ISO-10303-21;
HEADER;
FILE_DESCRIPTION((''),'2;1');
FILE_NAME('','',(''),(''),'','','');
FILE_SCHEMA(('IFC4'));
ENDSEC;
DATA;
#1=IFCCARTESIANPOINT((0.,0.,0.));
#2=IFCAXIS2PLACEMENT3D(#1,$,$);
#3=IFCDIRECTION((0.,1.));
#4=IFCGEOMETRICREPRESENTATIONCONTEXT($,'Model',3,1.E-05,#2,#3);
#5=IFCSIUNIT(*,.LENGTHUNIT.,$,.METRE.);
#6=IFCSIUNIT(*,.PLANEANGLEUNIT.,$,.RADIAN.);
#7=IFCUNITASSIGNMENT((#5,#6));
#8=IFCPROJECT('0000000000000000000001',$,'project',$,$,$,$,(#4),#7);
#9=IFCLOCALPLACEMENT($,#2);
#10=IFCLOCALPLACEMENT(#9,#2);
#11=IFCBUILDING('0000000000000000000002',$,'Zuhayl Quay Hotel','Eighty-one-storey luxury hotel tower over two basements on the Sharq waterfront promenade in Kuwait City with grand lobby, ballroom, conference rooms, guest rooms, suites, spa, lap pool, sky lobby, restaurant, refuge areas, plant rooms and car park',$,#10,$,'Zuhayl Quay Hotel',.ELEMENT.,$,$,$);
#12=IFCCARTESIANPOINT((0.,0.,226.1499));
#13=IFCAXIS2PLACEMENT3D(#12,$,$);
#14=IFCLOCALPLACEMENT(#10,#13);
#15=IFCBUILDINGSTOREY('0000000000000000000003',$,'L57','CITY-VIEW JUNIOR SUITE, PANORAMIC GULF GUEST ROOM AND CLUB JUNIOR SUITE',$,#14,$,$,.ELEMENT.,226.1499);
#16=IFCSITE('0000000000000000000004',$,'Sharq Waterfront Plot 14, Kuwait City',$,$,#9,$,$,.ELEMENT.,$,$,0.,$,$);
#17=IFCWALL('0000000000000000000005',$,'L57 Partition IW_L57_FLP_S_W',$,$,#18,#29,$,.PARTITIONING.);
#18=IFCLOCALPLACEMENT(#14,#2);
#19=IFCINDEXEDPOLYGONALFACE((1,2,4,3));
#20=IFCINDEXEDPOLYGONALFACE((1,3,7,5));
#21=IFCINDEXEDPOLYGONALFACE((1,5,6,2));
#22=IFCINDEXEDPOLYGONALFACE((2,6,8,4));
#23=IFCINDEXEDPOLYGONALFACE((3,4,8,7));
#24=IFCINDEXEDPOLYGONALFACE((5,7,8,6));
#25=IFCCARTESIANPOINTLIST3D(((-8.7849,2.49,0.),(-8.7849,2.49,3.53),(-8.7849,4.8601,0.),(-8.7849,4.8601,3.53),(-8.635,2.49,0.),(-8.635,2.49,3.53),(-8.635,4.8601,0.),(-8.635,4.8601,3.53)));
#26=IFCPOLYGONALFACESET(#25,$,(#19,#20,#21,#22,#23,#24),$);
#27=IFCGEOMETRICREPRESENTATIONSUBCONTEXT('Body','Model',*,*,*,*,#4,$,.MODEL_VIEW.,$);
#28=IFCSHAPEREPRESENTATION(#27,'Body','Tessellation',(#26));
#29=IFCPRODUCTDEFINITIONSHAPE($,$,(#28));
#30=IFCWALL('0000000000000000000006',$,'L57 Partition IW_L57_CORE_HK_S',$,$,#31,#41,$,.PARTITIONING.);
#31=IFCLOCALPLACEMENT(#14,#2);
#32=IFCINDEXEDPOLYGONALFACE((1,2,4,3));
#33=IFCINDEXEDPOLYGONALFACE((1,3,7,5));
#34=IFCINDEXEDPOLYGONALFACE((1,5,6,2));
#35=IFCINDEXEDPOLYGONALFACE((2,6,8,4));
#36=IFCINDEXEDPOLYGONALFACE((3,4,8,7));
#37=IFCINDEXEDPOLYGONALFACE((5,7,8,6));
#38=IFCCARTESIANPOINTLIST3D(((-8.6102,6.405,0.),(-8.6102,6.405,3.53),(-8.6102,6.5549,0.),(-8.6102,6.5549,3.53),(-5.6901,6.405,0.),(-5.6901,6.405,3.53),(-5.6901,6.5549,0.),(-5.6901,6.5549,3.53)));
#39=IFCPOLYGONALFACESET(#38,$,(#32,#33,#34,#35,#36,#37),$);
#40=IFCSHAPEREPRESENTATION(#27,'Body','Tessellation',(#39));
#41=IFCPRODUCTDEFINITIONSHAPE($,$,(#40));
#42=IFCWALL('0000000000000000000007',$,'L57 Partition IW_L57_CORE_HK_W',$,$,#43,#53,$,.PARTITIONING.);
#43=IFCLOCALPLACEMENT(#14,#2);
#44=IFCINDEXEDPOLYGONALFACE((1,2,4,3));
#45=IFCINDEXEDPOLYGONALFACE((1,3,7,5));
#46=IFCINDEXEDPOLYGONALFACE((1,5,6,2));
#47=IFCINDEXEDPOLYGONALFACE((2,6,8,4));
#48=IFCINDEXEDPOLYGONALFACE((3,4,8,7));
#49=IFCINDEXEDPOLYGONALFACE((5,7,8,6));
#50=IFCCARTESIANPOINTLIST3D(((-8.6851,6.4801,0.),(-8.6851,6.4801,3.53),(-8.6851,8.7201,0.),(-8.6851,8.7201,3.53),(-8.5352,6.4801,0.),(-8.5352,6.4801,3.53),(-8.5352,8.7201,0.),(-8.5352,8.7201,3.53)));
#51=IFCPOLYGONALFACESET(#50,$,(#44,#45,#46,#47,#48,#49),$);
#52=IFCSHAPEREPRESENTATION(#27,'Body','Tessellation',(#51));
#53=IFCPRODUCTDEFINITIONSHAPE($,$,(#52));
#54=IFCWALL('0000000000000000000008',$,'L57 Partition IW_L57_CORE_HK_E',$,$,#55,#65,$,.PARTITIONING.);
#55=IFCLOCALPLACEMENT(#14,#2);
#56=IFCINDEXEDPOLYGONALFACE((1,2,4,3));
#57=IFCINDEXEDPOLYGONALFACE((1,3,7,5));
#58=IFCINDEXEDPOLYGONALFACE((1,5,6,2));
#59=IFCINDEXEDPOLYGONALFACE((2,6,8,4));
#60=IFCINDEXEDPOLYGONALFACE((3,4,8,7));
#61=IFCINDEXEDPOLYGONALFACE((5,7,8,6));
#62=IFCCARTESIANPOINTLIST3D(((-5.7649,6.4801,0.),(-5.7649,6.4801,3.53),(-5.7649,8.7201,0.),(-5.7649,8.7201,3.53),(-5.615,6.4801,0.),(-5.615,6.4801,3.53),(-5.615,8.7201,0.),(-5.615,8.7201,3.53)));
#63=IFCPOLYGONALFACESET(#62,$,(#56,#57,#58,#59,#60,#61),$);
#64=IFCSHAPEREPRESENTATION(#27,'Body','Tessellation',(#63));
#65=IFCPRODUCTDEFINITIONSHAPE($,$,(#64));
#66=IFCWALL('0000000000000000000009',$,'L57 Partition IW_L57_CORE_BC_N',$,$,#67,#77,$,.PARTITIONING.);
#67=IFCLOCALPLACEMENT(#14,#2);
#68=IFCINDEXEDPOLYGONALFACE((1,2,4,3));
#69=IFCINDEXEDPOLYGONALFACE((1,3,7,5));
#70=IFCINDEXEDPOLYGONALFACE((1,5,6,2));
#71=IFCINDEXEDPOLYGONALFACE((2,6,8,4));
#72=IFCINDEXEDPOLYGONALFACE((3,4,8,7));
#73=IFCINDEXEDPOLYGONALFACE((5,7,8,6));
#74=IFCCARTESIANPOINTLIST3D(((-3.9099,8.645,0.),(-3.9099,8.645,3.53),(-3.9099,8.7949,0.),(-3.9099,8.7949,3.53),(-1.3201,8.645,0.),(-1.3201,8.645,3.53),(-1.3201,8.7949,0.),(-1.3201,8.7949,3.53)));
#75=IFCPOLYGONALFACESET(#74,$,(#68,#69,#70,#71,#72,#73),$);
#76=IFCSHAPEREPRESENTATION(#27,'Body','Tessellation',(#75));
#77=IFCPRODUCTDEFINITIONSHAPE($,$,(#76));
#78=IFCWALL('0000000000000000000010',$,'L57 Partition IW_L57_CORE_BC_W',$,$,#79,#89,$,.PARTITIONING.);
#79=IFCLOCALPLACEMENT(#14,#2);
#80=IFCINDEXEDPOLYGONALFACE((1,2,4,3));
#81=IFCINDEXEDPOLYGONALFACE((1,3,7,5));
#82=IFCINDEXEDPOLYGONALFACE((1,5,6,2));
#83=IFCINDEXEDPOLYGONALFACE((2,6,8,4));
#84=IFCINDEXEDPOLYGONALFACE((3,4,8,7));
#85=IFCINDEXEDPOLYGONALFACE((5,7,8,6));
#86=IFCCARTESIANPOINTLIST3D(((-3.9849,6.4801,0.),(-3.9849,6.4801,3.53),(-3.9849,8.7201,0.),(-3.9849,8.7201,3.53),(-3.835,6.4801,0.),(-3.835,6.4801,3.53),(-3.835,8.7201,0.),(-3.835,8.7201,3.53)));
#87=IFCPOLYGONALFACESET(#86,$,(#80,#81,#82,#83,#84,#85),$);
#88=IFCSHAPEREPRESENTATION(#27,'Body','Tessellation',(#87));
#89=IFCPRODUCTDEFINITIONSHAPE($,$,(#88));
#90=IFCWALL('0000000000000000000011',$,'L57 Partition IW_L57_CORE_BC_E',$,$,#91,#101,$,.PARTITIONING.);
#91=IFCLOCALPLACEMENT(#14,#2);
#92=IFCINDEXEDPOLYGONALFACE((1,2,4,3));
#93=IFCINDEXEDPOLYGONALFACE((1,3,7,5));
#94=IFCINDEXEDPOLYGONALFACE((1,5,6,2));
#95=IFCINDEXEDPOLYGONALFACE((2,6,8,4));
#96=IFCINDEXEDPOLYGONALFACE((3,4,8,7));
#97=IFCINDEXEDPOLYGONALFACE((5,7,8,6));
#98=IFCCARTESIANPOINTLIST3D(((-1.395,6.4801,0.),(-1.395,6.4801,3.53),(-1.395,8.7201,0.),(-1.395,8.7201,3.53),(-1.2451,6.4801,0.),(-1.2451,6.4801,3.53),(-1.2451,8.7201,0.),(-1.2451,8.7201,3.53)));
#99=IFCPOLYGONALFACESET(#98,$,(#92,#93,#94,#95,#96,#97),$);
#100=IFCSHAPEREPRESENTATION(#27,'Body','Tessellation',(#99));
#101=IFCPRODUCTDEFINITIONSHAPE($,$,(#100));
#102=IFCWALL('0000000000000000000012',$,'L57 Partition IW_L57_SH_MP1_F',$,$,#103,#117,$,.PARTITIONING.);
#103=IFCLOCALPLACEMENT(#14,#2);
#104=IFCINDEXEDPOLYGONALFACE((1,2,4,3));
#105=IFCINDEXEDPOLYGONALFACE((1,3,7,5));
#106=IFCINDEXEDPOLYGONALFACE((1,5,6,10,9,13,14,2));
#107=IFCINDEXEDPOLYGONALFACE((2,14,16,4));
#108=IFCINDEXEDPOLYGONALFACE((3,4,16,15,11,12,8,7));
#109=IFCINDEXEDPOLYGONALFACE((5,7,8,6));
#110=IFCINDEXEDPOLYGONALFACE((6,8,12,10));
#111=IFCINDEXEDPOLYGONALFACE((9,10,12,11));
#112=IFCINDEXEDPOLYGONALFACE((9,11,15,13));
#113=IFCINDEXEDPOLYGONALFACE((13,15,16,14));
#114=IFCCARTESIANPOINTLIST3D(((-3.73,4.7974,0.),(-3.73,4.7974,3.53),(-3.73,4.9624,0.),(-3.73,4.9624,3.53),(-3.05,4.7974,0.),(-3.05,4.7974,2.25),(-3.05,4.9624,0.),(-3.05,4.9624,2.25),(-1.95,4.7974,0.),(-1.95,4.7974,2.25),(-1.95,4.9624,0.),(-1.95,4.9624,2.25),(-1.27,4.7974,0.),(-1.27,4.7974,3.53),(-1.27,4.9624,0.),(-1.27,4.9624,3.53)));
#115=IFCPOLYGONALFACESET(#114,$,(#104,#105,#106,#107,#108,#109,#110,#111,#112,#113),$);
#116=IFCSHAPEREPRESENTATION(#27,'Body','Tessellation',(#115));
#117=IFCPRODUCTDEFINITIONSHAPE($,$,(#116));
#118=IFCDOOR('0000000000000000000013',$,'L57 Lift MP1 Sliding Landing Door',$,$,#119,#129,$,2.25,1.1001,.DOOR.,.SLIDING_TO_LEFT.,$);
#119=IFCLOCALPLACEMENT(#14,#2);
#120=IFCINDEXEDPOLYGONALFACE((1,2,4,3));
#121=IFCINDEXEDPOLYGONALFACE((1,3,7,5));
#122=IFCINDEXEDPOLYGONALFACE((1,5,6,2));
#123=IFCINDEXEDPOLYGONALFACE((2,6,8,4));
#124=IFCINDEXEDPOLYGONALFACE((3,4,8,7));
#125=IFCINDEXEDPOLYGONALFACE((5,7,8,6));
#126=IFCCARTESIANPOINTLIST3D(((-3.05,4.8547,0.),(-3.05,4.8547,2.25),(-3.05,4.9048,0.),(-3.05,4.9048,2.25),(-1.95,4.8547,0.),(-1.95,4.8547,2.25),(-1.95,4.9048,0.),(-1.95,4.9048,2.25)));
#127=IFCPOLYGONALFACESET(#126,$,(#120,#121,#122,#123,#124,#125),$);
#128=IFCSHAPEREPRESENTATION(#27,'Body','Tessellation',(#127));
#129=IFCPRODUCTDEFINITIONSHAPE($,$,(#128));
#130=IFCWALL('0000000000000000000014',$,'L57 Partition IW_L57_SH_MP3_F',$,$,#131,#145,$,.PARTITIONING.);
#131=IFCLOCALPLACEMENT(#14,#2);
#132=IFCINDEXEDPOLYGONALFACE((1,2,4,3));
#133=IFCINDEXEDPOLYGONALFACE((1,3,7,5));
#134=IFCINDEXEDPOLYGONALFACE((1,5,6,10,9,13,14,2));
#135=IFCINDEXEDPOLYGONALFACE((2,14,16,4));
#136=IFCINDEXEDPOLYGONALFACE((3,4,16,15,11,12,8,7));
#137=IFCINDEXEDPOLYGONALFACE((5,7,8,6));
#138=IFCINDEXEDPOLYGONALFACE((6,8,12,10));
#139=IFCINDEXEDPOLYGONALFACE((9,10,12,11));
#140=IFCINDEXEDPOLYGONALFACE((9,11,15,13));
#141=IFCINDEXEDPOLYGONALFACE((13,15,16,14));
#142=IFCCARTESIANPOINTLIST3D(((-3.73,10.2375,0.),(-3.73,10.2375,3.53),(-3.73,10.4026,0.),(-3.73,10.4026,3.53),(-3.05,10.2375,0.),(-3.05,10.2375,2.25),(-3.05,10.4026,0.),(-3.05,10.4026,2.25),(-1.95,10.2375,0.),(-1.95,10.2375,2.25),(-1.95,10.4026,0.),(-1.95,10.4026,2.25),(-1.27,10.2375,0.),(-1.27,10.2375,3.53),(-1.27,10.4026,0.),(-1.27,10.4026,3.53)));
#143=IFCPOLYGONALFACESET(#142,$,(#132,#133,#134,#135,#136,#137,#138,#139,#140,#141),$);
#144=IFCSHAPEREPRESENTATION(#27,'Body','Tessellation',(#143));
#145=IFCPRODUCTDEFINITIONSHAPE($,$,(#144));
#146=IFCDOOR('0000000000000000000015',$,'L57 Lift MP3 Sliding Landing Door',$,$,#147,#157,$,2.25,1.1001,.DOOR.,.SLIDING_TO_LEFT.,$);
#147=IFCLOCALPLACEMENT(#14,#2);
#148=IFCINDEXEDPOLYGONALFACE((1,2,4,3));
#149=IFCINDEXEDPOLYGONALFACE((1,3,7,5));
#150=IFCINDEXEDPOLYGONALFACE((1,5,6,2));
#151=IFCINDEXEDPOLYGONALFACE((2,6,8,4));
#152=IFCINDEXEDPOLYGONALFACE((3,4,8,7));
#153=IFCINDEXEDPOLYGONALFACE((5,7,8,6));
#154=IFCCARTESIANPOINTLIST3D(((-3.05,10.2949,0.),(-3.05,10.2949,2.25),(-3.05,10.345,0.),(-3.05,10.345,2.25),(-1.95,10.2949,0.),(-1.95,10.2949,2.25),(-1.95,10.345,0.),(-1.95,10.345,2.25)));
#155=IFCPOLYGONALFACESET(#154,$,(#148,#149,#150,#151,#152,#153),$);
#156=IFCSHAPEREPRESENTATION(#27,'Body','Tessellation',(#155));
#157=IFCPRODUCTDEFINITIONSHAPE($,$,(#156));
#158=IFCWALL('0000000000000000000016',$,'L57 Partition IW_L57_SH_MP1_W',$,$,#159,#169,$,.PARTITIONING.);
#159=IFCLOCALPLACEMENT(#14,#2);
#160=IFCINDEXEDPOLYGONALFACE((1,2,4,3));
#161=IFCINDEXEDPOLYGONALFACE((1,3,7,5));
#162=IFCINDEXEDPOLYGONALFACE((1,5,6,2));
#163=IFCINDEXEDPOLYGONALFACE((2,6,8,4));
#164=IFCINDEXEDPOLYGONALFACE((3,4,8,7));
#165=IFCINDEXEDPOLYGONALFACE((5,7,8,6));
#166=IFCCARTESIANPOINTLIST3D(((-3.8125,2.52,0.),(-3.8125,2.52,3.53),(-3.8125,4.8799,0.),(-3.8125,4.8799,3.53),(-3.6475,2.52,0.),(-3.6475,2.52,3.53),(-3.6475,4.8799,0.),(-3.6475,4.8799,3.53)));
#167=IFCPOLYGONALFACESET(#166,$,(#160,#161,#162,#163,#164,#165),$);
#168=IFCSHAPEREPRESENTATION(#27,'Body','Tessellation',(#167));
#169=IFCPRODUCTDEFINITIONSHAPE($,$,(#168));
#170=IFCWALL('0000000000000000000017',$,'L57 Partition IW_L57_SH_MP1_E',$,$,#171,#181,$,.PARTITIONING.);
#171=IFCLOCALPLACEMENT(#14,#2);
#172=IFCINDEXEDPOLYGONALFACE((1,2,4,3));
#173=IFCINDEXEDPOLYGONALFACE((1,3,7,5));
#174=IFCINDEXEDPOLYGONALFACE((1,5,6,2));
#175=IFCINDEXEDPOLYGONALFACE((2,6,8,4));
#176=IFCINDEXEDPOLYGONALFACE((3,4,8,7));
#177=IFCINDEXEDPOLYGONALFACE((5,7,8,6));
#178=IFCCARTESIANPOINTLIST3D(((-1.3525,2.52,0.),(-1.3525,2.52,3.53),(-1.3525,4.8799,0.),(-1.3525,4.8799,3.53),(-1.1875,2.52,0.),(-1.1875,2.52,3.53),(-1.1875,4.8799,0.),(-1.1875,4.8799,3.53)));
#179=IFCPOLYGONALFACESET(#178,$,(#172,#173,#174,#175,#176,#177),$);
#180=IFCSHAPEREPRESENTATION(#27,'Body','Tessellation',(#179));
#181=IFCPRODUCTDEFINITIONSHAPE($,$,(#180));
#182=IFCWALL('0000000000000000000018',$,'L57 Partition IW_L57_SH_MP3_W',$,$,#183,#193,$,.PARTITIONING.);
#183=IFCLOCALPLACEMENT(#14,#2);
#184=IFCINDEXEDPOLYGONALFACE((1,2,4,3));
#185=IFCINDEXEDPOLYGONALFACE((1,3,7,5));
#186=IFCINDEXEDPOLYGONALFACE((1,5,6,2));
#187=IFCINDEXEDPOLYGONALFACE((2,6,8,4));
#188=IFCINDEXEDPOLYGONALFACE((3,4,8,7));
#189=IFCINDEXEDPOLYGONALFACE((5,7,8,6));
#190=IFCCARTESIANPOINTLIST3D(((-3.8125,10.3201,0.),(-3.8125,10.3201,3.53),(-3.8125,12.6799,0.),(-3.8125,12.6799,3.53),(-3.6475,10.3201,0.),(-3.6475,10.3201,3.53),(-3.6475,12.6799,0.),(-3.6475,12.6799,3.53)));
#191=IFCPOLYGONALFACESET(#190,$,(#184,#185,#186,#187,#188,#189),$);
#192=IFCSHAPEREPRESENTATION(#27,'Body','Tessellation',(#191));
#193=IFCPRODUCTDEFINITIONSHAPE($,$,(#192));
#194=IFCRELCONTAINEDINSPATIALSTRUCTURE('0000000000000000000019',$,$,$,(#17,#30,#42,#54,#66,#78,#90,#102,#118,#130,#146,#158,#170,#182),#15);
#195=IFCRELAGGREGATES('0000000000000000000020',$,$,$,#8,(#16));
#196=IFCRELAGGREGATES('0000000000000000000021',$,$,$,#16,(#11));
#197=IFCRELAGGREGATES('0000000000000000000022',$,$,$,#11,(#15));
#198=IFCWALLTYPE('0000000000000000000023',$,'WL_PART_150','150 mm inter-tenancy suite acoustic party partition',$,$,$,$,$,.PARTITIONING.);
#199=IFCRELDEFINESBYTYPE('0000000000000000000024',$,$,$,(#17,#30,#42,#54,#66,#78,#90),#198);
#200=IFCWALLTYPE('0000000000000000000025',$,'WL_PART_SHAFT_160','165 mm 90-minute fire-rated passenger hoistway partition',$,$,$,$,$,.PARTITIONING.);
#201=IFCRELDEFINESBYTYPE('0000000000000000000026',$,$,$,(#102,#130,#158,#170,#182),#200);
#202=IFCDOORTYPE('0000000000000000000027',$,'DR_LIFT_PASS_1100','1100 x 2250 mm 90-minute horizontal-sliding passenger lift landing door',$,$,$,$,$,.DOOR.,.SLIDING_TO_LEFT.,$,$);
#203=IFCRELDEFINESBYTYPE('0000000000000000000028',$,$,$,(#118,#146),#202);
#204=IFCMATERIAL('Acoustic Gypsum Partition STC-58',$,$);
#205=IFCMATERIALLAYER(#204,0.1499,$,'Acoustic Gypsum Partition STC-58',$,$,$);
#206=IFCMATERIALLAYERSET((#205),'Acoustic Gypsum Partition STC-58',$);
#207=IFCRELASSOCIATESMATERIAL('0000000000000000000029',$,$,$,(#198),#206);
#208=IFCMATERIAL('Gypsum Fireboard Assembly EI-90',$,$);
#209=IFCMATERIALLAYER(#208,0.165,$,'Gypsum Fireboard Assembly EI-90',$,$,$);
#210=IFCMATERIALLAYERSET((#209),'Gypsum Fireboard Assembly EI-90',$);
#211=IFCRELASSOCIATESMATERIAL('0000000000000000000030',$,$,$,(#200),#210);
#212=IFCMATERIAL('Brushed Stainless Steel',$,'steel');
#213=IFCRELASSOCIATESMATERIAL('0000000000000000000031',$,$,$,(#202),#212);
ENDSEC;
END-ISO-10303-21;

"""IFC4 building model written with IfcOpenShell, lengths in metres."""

from ifc_helpers import new_model, si_unit, direction, frame, frame_2d, origin, place, context, subcontext, project, spatial, rectangle, extrude, material, layer, layer_set, type_object, element, fill, save


model = new_model("IFC4")

# Units and contexts
model_context = context("Model", 3, precision=1e-05, world=origin(), true_north=direction((0.0, 1.0)))
body_context = subcontext(model_context, "Body", "Model", "MODEL_VIEW")
ifc_project = project(units=[si_unit("LENGTHUNIT", "METRE"), si_unit("PLANEANGLEUNIT", "RADIAN")], contexts=[model_context])

# Site, building, storey
site_placement = place(None, origin())
site = spatial("IfcSite", under=ifc_project, at=site_placement, Name="Sharq Waterfront Plot 14, Kuwait City", CompositionType="ELEMENT", RefElevation=0.0)
building_placement = place(site_placement, origin())
building = spatial("IfcBuilding", under=site, at=building_placement, Name="Zuhayl Quay Hotel", Description="Eighty-one-storey luxury hotel tower over two basements on the Sharq waterfront promenade in Kuwait City with grand lobby, ballroom, conference rooms, guest rooms, suites, spa, lap pool, sky lobby, restaurant, refuge areas, plant rooms and car park", LongName="Zuhayl Quay Hotel", CompositionType="ELEMENT")
storey_placement = place(building_placement, frame((0.0, 0.0, 226.1499)))
storey = spatial("IfcBuildingStorey", under=building, at=storey_placement, Name="L57", Description="CITY-VIEW JUNIOR SUITE, PANORAMIC GULF GUEST ROOM AND CLUB JUNIOR SUITE", CompositionType="ELEMENT", Elevation=226.1499)

# Shared definitions
ifc_material_1 = material(Name="Acoustic Gypsum Partition STC-58")
ifc_layer_1 = layer(ifc_material_1, 0.1499, Name="Acoustic Gypsum Partition STC-58")
ifc_layer_set_1 = layer_set([ifc_layer_1], Name="Acoustic Gypsum Partition STC-58")
wall_type_1 = type_object("IfcWallType", Name="WL_PART_150", Description="150 mm inter-tenancy suite acoustic party partition", PredefinedType="PARTITIONING", material=ifc_layer_set_1)

# Walls
wall_1_placement = place(storey_placement, frame((-8.71, 2.49, 0.0), z_axis=(0.0, 0.0, 1.0), x_axis=(0.0, 1.0, 0.0)))
element("IfcWall", 1, at=wall_1_placement, inside=storey, type_object=wall_type_1, Name="L57 Partition IW_L57_FLP_S_W", PredefinedType="PARTITIONING", context=body_context, shape_type="SweptSolid", body=[
    extrude(rectangle(XDim=2.3701, YDim=0.1499, at=frame_2d((1.1851, 0.0))), origin(), (0.0, 0.0, 1.0), 3.53),
])
wall_2_placement = place(storey_placement, frame((-8.6101, 6.48, 0.0), z_axis=(0.0, 0.0, 1.0), x_axis=(1.0, 0.0, 0.0)))
element("IfcWall", 2, at=wall_2_placement, inside=storey, type_object=wall_type_1, Name="L57 Partition IW_L57_CORE_HK_S", PredefinedType="PARTITIONING", context=body_context, shape_type="SweptSolid", body=[
    extrude(rectangle(XDim=2.9202, YDim=0.1499, at=frame_2d((1.46, 0.0))), origin(), (0.0, 0.0, 1.0), 3.53),
])
for number, where, z_axis, x_axis, name in (
    (3, (-8.6101, 6.48, 0.0), (0.0, 0.0, 1.0), (0.0, 1.0, 0.0), "L57 Partition IW_L57_CORE_HK_W"),
    (4, (-5.6899, 6.48, 0.0), (0.0, 0.0, 1.0), (0.0, 1.0, 0.0), "L57 Partition IW_L57_CORE_HK_E"),
):
    element("IfcWall", number, at=place(storey_placement, frame(where, z_axis=z_axis, x_axis=x_axis)), inside=storey, type_object=wall_type_1, Name=name, PredefinedType="PARTITIONING", context=body_context, shape_type="SweptSolid", body=[
        extrude(rectangle(XDim=2.24, YDim=0.1499, at=frame_2d((1.1201, 0.0))), origin(), (0.0, 0.0, 1.0), 3.53),
    ])
wall_3_placement = place(storey_placement, frame((-3.9099, 8.72, 0.0), z_axis=(0.0, 0.0, 1.0), x_axis=(1.0, 0.0, 0.0)))
element("IfcWall", 5, at=wall_3_placement, inside=storey, type_object=wall_type_1, Name="L57 Partition IW_L57_CORE_BC_N", PredefinedType="PARTITIONING", context=body_context, shape_type="SweptSolid", body=[
    extrude(rectangle(XDim=2.5898, YDim=0.1499, at=frame_2d((1.2949, 0.0))), origin(), (0.0, 0.0, 1.0), 3.53),
])
for number, where, z_axis, x_axis, name in (
    (6, (-3.9099, 6.48, 0.0), (0.0, 0.0, 1.0), (0.0, 1.0, 0.0), "L57 Partition IW_L57_CORE_BC_W"),
    (7, (-1.3201, 6.48, 0.0), (0.0, 0.0, 1.0), (0.0, 1.0, 0.0), "L57 Partition IW_L57_CORE_BC_E"),
):
    element("IfcWall", number, at=place(storey_placement, frame(where, z_axis=z_axis, x_axis=x_axis)), inside=storey, type_object=wall_type_1, Name=name, PredefinedType="PARTITIONING", context=body_context, shape_type="SweptSolid", body=[
        extrude(rectangle(XDim=2.24, YDim=0.1499, at=frame_2d((1.1201, 0.0))), origin(), (0.0, 0.0, 1.0), 3.53),
    ])

# Walls, openings, doors
ifc_material_2 = material(Name="Gypsum Fireboard Assembly EI-90")
ifc_layer_2 = layer(ifc_material_2, 0.165, Name="Gypsum Fireboard Assembly EI-90")
ifc_layer_set_2 = layer_set([ifc_layer_2], Name="Gypsum Fireboard Assembly EI-90")
wall_type_2 = type_object("IfcWallType", Name="WL_PART_SHAFT_160", Description="165 mm 90-minute fire-rated passenger hoistway partition", PredefinedType="PARTITIONING", material=ifc_layer_set_2)
wall_4_placement = place(storey_placement, frame((-3.73, 4.8799, 0.0), z_axis=(0.0, 0.0, 1.0), x_axis=(1.0, 0.0, 0.0)))
wall_4 = element("IfcWall", 8, at=wall_4_placement, inside=storey, type_object=wall_type_2, Name="L57 Partition IW_L57_SH_MP1_F", PredefinedType="PARTITIONING", context=body_context, shape_type="SweptSolid", body=[
    extrude(rectangle(XDim=2.46, YDim=0.165, at=frame_2d((1.23, 0.0))), origin(), (0.0, 0.0, 1.0), 3.53),
])
opening_1_placement = place(wall_4_placement, frame((0.6799, 0.0, 0.0)))
opening_1 = element("IfcOpeningElement", 9, at=opening_1_placement, cuts=wall_4, PredefinedType="OPENING", context=body_context, shape_type="SweptSolid", body=[
    extrude(rectangle(XDim=1.1001, YDim=2.25, at=frame_2d((0.55, 1.125))), frame((0.0, 0.0925, 0.0), z_axis=(0.0, -1.0, 0.0), x_axis=(1.0, 0.0, 0.0)), (0.0, 0.0, 1.0), 0.1851),
])
ifc_material_3 = material(Name="Brushed Stainless Steel", Category="steel")
door_type_1 = type_object("IfcDoorType", Name="DR_LIFT_PASS_1100", Description="1100 x 2250 mm 90-minute horizontal-sliding passenger lift landing door", OperationType="SLIDING_TO_LEFT", PredefinedType="DOOR", material=ifc_material_3)
door_1_placement = place(opening_1_placement, origin())
door_1 = element("IfcDoor", 10, at=door_1_placement, inside=storey, type_object=door_type_1, Name="L57 Lift MP1 Sliding Landing Door", OperationType="SLIDING_TO_LEFT", OverallHeight=2.25, OverallWidth=1.1001, PredefinedType="DOOR", context=body_context, shape_type="SweptSolid", body=[
    extrude(rectangle(XDim=1.1001, YDim=2.25, at=frame_2d((0.55, 1.125))), frame((0.0, 0.0249, 0.0), z_axis=(0.0, -1.0, 0.0), x_axis=(1.0, 0.0, 0.0)), (0.0, 0.0, 1.0), 0.05),
])
fill(opening_1, door_1)
wall_5_placement = place(storey_placement, frame((-3.73, 10.3201, 0.0), z_axis=(0.0, 0.0, 1.0), x_axis=(1.0, 0.0, 0.0)))
wall_5 = element("IfcWall", 11, at=wall_5_placement, inside=storey, type_object=wall_type_2, Name="L57 Partition IW_L57_SH_MP3_F", PredefinedType="PARTITIONING", context=body_context, shape_type="SweptSolid", body=[
    extrude(rectangle(XDim=2.46, YDim=0.165, at=frame_2d((1.23, 0.0))), origin(), (0.0, 0.0, 1.0), 3.53),
])
opening_2_placement = place(wall_5_placement, frame((0.6799, 0.0, 0.0)))
opening_2 = element("IfcOpeningElement", 12, at=opening_2_placement, cuts=wall_5, PredefinedType="OPENING", context=body_context, shape_type="SweptSolid", body=[
    extrude(rectangle(XDim=1.1001, YDim=2.25, at=frame_2d((0.55, 1.125))), frame((0.0, 0.0925, 0.0), z_axis=(0.0, -1.0, 0.0), x_axis=(1.0, 0.0, 0.0)), (0.0, 0.0, 1.0), 0.1851),
])
door_2_placement = place(opening_2_placement, origin())
door_2 = element("IfcDoor", 13, at=door_2_placement, inside=storey, type_object=door_type_1, Name="L57 Lift MP3 Sliding Landing Door", OperationType="SLIDING_TO_LEFT", OverallHeight=2.25, OverallWidth=1.1001, PredefinedType="DOOR", context=body_context, shape_type="SweptSolid", body=[
    extrude(rectangle(XDim=1.1001, YDim=2.25, at=frame_2d((0.55, 1.125))), frame((0.0, 0.0249, 0.0), z_axis=(0.0, -1.0, 0.0), x_axis=(1.0, 0.0, 0.0)), (0.0, 0.0, 1.0), 0.05),
])
fill(opening_2, door_2)

# Walls
for number, where, z_axis, x_axis, name in (
    (14, (-3.73, 2.52, 0.0), (0.0, 0.0, 1.0), (0.0, 1.0, 0.0), "L57 Partition IW_L57_SH_MP1_W"),
    (15, (-1.27, 2.52, 0.0), (0.0, 0.0, 1.0), (0.0, 1.0, 0.0), "L57 Partition IW_L57_SH_MP1_E"),
    (16, (-3.73, 10.3201, 0.0), (0.0, 0.0, 1.0), (0.0, 1.0, 0.0), "L57 Partition IW_L57_SH_MP3_W"),
):
    element("IfcWall", number, at=place(storey_placement, frame(where, z_axis=z_axis, x_axis=x_axis)), inside=storey, type_object=wall_type_2, Name=name, PredefinedType="PARTITIONING", context=body_context, shape_type="SweptSolid", body=[
        extrude(rectangle(XDim=2.3599, YDim=0.165, at=frame_2d((1.1799, 0.0))), origin(), (0.0, 0.0, 1.0), 3.53),
    ])

save(model, "model.ifc")
